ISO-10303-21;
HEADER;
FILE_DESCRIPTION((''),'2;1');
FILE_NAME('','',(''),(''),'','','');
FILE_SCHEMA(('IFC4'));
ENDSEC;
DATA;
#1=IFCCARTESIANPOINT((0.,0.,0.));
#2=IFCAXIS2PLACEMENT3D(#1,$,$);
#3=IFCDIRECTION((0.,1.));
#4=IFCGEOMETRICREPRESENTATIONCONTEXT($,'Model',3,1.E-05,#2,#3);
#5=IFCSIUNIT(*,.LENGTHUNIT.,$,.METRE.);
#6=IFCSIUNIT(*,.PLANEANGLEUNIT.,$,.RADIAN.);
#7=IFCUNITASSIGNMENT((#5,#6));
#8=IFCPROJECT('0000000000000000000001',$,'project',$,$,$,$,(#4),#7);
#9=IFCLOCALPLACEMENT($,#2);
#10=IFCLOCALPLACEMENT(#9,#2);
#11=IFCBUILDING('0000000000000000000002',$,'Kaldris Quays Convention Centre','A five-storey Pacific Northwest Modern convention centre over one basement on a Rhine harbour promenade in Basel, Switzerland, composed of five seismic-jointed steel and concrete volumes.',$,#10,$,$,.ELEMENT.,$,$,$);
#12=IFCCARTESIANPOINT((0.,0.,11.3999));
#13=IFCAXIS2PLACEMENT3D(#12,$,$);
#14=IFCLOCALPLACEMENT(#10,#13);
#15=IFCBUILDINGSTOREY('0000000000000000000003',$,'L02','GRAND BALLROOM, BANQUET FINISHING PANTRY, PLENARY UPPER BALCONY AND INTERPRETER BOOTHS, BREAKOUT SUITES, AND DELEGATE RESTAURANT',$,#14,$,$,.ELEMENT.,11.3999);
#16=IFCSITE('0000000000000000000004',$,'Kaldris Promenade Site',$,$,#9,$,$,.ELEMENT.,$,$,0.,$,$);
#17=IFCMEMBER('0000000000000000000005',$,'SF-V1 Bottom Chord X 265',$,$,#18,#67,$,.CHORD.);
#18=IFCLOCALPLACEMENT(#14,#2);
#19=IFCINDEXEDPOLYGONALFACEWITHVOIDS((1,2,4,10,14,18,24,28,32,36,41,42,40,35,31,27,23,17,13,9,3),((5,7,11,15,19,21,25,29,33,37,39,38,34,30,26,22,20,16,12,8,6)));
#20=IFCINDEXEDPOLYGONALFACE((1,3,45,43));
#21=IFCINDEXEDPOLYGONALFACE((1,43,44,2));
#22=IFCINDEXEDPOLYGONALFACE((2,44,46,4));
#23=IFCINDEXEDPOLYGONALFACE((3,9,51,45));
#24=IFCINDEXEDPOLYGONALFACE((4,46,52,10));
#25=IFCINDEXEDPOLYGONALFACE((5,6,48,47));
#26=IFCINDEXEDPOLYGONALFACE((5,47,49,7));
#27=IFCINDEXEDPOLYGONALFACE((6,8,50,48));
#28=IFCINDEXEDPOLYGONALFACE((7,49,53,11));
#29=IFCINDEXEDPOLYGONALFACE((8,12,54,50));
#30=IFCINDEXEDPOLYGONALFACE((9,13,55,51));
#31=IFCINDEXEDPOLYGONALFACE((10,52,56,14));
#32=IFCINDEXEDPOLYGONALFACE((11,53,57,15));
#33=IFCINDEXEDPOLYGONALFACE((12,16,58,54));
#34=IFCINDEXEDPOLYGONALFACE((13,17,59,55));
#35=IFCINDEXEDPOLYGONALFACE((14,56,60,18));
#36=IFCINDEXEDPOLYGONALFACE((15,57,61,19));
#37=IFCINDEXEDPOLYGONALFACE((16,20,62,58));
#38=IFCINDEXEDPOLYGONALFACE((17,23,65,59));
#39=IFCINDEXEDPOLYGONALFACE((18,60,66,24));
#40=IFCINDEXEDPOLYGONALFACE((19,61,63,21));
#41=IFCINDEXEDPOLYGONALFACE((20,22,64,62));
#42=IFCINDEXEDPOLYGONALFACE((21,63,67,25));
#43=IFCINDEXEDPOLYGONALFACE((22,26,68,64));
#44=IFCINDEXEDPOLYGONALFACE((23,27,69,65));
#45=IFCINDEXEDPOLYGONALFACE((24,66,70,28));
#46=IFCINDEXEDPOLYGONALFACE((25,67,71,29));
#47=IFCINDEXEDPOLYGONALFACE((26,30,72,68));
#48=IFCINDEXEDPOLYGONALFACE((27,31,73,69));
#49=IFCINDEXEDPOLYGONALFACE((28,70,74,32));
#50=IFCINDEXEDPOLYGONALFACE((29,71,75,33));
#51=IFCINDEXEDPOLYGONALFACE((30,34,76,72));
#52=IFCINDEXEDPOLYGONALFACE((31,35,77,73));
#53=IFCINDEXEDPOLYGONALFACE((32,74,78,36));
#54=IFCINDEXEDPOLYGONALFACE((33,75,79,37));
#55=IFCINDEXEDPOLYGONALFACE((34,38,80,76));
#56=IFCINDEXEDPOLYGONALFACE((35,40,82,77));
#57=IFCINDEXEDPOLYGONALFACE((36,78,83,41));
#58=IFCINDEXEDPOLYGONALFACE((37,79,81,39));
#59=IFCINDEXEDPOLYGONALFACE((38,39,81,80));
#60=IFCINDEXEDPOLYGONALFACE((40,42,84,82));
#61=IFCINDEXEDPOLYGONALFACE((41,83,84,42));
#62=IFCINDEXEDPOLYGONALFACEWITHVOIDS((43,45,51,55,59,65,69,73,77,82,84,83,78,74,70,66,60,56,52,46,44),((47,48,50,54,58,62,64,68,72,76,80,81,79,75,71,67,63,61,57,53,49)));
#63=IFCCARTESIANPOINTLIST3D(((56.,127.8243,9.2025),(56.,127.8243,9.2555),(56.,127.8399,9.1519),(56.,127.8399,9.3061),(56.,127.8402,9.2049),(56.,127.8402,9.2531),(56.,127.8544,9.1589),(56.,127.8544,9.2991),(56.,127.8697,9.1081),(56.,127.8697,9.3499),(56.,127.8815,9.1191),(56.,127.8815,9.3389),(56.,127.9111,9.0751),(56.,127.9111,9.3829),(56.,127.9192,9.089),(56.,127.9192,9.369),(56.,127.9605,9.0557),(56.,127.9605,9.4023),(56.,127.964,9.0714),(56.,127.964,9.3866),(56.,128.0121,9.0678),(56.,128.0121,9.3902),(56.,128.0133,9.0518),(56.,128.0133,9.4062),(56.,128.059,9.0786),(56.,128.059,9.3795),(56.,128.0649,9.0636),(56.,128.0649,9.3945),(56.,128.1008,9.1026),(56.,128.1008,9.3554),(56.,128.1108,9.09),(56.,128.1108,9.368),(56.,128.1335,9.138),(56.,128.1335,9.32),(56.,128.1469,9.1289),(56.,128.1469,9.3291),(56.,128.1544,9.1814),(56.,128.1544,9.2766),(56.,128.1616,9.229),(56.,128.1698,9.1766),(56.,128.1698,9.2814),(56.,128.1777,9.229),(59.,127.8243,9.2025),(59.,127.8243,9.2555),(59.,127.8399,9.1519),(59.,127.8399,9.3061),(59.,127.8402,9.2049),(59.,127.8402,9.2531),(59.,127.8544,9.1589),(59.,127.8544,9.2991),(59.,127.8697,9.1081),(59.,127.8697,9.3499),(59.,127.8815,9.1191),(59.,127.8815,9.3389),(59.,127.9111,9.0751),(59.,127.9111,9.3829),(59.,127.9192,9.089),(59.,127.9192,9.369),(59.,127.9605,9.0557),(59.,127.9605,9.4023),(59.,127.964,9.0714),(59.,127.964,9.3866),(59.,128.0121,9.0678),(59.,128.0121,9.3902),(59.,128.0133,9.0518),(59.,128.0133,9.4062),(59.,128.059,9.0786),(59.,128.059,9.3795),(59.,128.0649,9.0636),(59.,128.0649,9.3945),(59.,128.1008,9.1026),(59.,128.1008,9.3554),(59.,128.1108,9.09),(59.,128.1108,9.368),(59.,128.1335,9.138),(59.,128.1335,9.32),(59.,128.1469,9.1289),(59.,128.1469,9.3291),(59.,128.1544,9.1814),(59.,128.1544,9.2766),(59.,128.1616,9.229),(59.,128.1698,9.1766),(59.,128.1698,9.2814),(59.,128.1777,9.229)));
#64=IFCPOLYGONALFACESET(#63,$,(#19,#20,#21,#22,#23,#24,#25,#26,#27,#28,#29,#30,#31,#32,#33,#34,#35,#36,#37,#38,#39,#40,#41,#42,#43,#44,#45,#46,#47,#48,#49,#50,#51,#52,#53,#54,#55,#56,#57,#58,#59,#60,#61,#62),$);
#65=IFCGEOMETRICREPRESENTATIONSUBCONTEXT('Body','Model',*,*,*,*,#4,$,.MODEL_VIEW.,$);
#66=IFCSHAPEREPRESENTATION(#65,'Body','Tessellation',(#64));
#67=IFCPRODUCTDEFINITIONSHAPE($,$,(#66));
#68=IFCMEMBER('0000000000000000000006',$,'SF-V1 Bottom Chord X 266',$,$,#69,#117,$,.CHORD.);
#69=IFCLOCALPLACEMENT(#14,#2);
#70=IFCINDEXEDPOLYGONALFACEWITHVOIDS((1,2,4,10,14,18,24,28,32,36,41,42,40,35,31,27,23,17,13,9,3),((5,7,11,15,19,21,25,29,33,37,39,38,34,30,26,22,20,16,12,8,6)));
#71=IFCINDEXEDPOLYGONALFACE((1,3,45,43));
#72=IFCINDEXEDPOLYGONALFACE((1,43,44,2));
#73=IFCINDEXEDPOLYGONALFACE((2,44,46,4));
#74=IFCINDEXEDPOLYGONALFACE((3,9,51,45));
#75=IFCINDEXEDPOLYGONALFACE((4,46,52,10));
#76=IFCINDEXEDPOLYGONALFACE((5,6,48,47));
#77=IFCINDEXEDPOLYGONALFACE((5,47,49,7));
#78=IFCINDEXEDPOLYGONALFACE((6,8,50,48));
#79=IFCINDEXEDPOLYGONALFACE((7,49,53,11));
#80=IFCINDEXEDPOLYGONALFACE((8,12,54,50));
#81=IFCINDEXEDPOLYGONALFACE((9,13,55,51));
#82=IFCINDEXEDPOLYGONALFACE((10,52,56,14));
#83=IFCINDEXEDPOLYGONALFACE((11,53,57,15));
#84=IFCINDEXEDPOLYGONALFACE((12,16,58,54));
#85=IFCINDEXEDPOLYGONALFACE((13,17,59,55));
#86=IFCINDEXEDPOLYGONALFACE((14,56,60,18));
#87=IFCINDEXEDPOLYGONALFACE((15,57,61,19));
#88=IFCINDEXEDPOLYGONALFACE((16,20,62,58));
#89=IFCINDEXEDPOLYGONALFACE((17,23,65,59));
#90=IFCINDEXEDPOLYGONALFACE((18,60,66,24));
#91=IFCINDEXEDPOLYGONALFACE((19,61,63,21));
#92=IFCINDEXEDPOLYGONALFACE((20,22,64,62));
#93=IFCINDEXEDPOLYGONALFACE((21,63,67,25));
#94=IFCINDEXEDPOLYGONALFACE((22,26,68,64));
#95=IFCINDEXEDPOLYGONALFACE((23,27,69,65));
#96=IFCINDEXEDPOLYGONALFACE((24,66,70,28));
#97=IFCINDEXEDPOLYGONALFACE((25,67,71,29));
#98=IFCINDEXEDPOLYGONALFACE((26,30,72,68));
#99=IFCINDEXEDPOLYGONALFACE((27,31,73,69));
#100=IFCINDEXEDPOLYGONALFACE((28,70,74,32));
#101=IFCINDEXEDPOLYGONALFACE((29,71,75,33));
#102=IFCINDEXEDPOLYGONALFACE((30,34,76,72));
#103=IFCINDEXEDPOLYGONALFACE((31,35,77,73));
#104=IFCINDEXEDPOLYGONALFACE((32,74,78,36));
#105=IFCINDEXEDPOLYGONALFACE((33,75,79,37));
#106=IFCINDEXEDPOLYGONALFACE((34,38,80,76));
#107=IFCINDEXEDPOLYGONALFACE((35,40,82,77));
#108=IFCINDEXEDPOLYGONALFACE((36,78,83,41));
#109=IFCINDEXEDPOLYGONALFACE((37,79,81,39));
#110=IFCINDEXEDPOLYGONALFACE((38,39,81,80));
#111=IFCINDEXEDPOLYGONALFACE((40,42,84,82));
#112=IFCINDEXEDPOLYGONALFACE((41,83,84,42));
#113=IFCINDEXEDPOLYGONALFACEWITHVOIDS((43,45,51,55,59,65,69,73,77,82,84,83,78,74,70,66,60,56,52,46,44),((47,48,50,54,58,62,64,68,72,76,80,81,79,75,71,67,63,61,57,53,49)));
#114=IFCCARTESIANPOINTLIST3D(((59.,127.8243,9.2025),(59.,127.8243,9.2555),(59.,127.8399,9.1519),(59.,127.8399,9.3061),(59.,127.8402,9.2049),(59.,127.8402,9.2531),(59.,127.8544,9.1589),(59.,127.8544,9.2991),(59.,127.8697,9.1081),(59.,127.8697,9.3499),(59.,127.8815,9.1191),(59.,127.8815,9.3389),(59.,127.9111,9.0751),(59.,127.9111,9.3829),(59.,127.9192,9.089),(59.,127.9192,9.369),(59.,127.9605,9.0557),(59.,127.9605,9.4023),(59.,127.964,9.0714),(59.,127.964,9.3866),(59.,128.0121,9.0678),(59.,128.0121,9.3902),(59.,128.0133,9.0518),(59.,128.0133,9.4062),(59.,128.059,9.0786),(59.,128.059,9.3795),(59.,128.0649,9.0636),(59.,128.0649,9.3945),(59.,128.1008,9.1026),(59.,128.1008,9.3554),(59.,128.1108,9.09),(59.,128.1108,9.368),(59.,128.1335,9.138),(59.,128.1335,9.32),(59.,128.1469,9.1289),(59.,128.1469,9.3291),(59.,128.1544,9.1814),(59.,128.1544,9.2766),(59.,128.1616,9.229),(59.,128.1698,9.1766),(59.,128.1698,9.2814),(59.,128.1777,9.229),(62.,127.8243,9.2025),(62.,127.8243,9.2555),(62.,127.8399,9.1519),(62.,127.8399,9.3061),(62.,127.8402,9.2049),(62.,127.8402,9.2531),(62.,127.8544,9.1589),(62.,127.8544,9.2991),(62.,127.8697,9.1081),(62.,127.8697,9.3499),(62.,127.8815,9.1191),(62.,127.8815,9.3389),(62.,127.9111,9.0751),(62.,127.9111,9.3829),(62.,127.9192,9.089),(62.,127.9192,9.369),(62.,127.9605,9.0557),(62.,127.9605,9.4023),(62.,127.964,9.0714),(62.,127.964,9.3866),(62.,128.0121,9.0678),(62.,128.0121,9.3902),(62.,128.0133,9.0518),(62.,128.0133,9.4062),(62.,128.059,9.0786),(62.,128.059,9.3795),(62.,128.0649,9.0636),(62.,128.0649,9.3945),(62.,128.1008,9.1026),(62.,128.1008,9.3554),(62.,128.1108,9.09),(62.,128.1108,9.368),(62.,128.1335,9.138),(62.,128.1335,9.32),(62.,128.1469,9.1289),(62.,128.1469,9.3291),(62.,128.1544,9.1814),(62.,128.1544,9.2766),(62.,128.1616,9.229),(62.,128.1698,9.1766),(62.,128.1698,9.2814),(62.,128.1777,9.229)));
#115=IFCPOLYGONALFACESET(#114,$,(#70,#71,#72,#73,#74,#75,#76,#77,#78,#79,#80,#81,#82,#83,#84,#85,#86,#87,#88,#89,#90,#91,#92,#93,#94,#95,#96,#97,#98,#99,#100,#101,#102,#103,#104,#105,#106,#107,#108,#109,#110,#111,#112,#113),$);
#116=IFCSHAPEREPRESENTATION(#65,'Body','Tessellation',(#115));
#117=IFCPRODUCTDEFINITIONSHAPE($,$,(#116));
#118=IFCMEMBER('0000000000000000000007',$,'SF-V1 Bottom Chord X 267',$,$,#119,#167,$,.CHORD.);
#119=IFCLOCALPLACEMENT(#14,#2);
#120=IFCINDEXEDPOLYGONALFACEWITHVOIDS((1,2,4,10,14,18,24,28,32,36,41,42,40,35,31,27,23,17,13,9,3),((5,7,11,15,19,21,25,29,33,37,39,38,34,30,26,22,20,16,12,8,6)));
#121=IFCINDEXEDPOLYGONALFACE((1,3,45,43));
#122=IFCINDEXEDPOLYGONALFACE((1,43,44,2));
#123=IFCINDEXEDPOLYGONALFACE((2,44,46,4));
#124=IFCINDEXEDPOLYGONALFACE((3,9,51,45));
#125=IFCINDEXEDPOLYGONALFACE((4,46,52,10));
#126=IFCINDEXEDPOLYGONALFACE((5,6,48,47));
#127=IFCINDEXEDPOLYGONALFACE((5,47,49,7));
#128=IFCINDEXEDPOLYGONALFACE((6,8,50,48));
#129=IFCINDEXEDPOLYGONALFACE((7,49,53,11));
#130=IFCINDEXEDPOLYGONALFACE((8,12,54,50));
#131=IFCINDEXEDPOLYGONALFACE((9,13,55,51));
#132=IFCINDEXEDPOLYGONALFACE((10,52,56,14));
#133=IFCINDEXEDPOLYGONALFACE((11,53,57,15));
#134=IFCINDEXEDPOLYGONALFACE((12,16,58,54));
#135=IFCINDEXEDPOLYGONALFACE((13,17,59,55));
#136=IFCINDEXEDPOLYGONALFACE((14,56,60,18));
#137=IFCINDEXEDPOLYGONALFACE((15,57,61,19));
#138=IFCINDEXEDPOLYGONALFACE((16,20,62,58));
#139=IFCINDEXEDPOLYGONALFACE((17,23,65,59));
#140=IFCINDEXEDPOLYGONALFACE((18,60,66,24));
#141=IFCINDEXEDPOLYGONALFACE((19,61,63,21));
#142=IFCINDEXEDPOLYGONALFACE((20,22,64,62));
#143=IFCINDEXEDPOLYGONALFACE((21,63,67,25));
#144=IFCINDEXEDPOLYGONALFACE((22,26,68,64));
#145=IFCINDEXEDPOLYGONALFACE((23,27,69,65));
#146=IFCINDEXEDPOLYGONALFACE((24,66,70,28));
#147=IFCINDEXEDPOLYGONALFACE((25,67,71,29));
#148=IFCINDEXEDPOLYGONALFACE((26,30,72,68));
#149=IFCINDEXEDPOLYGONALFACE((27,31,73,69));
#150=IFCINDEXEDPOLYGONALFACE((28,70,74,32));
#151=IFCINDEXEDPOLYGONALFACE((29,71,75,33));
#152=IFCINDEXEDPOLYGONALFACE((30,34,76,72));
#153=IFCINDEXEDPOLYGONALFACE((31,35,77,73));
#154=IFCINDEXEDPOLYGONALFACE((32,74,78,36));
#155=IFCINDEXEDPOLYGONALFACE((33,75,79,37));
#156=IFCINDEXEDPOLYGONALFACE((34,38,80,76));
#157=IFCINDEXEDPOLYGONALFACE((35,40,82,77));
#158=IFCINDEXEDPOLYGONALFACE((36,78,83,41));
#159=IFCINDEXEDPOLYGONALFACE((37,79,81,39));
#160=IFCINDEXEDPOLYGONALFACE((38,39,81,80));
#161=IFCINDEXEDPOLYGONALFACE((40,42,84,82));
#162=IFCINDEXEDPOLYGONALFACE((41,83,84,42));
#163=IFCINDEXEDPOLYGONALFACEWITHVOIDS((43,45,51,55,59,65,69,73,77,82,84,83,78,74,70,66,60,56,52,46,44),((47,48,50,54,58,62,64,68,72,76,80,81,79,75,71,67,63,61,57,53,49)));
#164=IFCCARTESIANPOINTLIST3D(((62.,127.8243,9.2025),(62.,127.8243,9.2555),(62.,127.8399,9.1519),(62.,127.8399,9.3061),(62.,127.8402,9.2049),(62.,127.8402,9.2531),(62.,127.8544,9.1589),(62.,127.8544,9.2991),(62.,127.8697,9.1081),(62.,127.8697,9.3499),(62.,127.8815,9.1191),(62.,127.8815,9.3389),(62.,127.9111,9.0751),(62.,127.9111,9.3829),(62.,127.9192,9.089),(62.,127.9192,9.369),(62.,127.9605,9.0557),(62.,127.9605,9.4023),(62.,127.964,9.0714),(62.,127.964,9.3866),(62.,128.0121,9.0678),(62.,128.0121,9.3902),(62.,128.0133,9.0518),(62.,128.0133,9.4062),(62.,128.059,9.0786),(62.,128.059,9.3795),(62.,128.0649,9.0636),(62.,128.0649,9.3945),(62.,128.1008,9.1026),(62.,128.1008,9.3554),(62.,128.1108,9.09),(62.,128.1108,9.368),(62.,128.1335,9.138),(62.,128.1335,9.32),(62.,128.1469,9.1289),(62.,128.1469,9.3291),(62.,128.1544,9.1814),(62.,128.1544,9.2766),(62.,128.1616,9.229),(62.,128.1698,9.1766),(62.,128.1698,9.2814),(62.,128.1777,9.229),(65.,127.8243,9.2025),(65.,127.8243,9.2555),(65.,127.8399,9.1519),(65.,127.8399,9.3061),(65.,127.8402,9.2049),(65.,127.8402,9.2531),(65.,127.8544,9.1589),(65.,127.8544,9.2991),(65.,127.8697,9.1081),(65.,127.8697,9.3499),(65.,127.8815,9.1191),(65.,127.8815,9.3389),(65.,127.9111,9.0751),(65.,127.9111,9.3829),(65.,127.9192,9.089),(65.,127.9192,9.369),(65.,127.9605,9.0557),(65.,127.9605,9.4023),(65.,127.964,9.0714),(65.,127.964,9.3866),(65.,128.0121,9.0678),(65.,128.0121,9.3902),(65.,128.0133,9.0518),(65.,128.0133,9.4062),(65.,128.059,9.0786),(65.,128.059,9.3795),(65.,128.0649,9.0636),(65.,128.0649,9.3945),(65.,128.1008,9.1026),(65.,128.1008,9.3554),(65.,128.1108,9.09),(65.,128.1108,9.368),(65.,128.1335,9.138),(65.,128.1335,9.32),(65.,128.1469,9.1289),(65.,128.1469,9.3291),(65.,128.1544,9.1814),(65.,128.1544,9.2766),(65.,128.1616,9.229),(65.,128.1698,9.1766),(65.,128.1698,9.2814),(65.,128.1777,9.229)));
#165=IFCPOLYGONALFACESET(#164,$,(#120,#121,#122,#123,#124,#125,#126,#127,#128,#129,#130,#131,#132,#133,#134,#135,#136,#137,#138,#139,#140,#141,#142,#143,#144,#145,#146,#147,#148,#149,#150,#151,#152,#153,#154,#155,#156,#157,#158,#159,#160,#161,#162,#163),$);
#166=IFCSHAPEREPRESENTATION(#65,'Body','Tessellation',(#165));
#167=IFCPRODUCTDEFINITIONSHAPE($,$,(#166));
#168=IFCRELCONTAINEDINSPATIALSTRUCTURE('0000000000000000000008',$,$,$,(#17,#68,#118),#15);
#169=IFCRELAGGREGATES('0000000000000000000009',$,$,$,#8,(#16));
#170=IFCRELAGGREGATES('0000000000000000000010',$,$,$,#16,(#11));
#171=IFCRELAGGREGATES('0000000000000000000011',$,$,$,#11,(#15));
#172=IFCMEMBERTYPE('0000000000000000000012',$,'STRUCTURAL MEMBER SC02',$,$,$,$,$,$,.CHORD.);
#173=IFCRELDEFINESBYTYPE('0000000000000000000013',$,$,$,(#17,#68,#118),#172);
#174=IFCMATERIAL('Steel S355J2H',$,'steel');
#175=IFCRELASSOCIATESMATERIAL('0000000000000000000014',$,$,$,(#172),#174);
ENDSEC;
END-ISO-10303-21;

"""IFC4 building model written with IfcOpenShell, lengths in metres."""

from ifc_helpers import new_model, si_unit, direction, frame, origin, origin_2d, place, context, subcontext, project, spatial, hollow_circle, extrude, material, material_profile, profile_set, type_object, element, save


model = new_model("IFC4")

# Units and contexts
model_context = context("Model", 3, precision=1e-05, world=origin(), true_north=direction((0.0, 1.0)))
body_context = subcontext(model_context, "Body", "Model", "MODEL_VIEW")
ifc_project = project(units=[si_unit("LENGTHUNIT", "METRE"), si_unit("PLANEANGLEUNIT", "RADIAN")], contexts=[model_context])

# Site, building, storey
site_placement = place(None, origin())
site = spatial("IfcSite", under=ifc_project, at=site_placement, Name="Kaldris Promenade Site", CompositionType="ELEMENT", RefElevation=0.0)
building_placement = place(site_placement, origin())
building = spatial("IfcBuilding", under=site, at=building_placement, Name="Kaldris Quays Convention Centre", Description="A five-storey Pacific Northwest Modern convention centre over one basement on a Rhine harbour promenade in Basel, Switzerland, composed of five seismic-jointed steel and concrete volumes.", CompositionType="ELEMENT")
storey_placement = place(building_placement, frame((0.0, 0.0, 11.3999)))
storey = spatial("IfcBuildingStorey", under=building, at=storey_placement, Name="L02", Description="GRAND BALLROOM, BANQUET FINISHING PANTRY, PLENARY UPPER BALCONY AND INTERPRETER BOOTHS, BREAKOUT SUITES, AND DELEGATE RESTAURANT", CompositionType="ELEMENT", Elevation=11.3999)

# Members
ifc_material_1 = material(Name="Steel S355J2H", Category="steel")
ifc_material_profile_1 = material_profile(ifc_material_1, hollow_circle(Radius=0.1777, WallThickness=0.0161, at=origin_2d()), Name="CHS 355.6x16")
ifc_profile_set_1 = profile_set([ifc_material_profile_1], Name="Steel S355J2H")
member_type_1 = type_object("IfcMemberType", Name="STRUCTURAL MEMBER SC02", PredefinedType="CHORD", material=ifc_profile_set_1)
for number, where, z_axis, x_axis, name in (
    (1, (56.0, 128.0, 9.229), (1.0, 0.0, 0.0), (0.0, 1.0, 0.0), "SF-V1 Bottom Chord X 265"),
    (2, (59.0, 128.0, 9.229), (1.0, 0.0, 0.0), (0.0, 1.0, 0.0), "SF-V1 Bottom Chord X 266"),
    (3, (62.0, 128.0, 9.229), (1.0, 0.0, 0.0), (0.0, 1.0, 0.0), "SF-V1 Bottom Chord X 267"),
):
    element("IfcMember", number, at=place(storey_placement, frame(where, z_axis=z_axis, x_axis=x_axis)), inside=storey, type_object=member_type_1, Name=name, PredefinedType="CHORD", context=body_context, shape_type="SweptSolid", body=[
        extrude(hollow_circle(Radius=0.1777, WallThickness=0.0161, at=origin_2d()), origin(), (0.0, 0.0, 1.0), 3.0),
    ])

save(model, "model.ifc")
